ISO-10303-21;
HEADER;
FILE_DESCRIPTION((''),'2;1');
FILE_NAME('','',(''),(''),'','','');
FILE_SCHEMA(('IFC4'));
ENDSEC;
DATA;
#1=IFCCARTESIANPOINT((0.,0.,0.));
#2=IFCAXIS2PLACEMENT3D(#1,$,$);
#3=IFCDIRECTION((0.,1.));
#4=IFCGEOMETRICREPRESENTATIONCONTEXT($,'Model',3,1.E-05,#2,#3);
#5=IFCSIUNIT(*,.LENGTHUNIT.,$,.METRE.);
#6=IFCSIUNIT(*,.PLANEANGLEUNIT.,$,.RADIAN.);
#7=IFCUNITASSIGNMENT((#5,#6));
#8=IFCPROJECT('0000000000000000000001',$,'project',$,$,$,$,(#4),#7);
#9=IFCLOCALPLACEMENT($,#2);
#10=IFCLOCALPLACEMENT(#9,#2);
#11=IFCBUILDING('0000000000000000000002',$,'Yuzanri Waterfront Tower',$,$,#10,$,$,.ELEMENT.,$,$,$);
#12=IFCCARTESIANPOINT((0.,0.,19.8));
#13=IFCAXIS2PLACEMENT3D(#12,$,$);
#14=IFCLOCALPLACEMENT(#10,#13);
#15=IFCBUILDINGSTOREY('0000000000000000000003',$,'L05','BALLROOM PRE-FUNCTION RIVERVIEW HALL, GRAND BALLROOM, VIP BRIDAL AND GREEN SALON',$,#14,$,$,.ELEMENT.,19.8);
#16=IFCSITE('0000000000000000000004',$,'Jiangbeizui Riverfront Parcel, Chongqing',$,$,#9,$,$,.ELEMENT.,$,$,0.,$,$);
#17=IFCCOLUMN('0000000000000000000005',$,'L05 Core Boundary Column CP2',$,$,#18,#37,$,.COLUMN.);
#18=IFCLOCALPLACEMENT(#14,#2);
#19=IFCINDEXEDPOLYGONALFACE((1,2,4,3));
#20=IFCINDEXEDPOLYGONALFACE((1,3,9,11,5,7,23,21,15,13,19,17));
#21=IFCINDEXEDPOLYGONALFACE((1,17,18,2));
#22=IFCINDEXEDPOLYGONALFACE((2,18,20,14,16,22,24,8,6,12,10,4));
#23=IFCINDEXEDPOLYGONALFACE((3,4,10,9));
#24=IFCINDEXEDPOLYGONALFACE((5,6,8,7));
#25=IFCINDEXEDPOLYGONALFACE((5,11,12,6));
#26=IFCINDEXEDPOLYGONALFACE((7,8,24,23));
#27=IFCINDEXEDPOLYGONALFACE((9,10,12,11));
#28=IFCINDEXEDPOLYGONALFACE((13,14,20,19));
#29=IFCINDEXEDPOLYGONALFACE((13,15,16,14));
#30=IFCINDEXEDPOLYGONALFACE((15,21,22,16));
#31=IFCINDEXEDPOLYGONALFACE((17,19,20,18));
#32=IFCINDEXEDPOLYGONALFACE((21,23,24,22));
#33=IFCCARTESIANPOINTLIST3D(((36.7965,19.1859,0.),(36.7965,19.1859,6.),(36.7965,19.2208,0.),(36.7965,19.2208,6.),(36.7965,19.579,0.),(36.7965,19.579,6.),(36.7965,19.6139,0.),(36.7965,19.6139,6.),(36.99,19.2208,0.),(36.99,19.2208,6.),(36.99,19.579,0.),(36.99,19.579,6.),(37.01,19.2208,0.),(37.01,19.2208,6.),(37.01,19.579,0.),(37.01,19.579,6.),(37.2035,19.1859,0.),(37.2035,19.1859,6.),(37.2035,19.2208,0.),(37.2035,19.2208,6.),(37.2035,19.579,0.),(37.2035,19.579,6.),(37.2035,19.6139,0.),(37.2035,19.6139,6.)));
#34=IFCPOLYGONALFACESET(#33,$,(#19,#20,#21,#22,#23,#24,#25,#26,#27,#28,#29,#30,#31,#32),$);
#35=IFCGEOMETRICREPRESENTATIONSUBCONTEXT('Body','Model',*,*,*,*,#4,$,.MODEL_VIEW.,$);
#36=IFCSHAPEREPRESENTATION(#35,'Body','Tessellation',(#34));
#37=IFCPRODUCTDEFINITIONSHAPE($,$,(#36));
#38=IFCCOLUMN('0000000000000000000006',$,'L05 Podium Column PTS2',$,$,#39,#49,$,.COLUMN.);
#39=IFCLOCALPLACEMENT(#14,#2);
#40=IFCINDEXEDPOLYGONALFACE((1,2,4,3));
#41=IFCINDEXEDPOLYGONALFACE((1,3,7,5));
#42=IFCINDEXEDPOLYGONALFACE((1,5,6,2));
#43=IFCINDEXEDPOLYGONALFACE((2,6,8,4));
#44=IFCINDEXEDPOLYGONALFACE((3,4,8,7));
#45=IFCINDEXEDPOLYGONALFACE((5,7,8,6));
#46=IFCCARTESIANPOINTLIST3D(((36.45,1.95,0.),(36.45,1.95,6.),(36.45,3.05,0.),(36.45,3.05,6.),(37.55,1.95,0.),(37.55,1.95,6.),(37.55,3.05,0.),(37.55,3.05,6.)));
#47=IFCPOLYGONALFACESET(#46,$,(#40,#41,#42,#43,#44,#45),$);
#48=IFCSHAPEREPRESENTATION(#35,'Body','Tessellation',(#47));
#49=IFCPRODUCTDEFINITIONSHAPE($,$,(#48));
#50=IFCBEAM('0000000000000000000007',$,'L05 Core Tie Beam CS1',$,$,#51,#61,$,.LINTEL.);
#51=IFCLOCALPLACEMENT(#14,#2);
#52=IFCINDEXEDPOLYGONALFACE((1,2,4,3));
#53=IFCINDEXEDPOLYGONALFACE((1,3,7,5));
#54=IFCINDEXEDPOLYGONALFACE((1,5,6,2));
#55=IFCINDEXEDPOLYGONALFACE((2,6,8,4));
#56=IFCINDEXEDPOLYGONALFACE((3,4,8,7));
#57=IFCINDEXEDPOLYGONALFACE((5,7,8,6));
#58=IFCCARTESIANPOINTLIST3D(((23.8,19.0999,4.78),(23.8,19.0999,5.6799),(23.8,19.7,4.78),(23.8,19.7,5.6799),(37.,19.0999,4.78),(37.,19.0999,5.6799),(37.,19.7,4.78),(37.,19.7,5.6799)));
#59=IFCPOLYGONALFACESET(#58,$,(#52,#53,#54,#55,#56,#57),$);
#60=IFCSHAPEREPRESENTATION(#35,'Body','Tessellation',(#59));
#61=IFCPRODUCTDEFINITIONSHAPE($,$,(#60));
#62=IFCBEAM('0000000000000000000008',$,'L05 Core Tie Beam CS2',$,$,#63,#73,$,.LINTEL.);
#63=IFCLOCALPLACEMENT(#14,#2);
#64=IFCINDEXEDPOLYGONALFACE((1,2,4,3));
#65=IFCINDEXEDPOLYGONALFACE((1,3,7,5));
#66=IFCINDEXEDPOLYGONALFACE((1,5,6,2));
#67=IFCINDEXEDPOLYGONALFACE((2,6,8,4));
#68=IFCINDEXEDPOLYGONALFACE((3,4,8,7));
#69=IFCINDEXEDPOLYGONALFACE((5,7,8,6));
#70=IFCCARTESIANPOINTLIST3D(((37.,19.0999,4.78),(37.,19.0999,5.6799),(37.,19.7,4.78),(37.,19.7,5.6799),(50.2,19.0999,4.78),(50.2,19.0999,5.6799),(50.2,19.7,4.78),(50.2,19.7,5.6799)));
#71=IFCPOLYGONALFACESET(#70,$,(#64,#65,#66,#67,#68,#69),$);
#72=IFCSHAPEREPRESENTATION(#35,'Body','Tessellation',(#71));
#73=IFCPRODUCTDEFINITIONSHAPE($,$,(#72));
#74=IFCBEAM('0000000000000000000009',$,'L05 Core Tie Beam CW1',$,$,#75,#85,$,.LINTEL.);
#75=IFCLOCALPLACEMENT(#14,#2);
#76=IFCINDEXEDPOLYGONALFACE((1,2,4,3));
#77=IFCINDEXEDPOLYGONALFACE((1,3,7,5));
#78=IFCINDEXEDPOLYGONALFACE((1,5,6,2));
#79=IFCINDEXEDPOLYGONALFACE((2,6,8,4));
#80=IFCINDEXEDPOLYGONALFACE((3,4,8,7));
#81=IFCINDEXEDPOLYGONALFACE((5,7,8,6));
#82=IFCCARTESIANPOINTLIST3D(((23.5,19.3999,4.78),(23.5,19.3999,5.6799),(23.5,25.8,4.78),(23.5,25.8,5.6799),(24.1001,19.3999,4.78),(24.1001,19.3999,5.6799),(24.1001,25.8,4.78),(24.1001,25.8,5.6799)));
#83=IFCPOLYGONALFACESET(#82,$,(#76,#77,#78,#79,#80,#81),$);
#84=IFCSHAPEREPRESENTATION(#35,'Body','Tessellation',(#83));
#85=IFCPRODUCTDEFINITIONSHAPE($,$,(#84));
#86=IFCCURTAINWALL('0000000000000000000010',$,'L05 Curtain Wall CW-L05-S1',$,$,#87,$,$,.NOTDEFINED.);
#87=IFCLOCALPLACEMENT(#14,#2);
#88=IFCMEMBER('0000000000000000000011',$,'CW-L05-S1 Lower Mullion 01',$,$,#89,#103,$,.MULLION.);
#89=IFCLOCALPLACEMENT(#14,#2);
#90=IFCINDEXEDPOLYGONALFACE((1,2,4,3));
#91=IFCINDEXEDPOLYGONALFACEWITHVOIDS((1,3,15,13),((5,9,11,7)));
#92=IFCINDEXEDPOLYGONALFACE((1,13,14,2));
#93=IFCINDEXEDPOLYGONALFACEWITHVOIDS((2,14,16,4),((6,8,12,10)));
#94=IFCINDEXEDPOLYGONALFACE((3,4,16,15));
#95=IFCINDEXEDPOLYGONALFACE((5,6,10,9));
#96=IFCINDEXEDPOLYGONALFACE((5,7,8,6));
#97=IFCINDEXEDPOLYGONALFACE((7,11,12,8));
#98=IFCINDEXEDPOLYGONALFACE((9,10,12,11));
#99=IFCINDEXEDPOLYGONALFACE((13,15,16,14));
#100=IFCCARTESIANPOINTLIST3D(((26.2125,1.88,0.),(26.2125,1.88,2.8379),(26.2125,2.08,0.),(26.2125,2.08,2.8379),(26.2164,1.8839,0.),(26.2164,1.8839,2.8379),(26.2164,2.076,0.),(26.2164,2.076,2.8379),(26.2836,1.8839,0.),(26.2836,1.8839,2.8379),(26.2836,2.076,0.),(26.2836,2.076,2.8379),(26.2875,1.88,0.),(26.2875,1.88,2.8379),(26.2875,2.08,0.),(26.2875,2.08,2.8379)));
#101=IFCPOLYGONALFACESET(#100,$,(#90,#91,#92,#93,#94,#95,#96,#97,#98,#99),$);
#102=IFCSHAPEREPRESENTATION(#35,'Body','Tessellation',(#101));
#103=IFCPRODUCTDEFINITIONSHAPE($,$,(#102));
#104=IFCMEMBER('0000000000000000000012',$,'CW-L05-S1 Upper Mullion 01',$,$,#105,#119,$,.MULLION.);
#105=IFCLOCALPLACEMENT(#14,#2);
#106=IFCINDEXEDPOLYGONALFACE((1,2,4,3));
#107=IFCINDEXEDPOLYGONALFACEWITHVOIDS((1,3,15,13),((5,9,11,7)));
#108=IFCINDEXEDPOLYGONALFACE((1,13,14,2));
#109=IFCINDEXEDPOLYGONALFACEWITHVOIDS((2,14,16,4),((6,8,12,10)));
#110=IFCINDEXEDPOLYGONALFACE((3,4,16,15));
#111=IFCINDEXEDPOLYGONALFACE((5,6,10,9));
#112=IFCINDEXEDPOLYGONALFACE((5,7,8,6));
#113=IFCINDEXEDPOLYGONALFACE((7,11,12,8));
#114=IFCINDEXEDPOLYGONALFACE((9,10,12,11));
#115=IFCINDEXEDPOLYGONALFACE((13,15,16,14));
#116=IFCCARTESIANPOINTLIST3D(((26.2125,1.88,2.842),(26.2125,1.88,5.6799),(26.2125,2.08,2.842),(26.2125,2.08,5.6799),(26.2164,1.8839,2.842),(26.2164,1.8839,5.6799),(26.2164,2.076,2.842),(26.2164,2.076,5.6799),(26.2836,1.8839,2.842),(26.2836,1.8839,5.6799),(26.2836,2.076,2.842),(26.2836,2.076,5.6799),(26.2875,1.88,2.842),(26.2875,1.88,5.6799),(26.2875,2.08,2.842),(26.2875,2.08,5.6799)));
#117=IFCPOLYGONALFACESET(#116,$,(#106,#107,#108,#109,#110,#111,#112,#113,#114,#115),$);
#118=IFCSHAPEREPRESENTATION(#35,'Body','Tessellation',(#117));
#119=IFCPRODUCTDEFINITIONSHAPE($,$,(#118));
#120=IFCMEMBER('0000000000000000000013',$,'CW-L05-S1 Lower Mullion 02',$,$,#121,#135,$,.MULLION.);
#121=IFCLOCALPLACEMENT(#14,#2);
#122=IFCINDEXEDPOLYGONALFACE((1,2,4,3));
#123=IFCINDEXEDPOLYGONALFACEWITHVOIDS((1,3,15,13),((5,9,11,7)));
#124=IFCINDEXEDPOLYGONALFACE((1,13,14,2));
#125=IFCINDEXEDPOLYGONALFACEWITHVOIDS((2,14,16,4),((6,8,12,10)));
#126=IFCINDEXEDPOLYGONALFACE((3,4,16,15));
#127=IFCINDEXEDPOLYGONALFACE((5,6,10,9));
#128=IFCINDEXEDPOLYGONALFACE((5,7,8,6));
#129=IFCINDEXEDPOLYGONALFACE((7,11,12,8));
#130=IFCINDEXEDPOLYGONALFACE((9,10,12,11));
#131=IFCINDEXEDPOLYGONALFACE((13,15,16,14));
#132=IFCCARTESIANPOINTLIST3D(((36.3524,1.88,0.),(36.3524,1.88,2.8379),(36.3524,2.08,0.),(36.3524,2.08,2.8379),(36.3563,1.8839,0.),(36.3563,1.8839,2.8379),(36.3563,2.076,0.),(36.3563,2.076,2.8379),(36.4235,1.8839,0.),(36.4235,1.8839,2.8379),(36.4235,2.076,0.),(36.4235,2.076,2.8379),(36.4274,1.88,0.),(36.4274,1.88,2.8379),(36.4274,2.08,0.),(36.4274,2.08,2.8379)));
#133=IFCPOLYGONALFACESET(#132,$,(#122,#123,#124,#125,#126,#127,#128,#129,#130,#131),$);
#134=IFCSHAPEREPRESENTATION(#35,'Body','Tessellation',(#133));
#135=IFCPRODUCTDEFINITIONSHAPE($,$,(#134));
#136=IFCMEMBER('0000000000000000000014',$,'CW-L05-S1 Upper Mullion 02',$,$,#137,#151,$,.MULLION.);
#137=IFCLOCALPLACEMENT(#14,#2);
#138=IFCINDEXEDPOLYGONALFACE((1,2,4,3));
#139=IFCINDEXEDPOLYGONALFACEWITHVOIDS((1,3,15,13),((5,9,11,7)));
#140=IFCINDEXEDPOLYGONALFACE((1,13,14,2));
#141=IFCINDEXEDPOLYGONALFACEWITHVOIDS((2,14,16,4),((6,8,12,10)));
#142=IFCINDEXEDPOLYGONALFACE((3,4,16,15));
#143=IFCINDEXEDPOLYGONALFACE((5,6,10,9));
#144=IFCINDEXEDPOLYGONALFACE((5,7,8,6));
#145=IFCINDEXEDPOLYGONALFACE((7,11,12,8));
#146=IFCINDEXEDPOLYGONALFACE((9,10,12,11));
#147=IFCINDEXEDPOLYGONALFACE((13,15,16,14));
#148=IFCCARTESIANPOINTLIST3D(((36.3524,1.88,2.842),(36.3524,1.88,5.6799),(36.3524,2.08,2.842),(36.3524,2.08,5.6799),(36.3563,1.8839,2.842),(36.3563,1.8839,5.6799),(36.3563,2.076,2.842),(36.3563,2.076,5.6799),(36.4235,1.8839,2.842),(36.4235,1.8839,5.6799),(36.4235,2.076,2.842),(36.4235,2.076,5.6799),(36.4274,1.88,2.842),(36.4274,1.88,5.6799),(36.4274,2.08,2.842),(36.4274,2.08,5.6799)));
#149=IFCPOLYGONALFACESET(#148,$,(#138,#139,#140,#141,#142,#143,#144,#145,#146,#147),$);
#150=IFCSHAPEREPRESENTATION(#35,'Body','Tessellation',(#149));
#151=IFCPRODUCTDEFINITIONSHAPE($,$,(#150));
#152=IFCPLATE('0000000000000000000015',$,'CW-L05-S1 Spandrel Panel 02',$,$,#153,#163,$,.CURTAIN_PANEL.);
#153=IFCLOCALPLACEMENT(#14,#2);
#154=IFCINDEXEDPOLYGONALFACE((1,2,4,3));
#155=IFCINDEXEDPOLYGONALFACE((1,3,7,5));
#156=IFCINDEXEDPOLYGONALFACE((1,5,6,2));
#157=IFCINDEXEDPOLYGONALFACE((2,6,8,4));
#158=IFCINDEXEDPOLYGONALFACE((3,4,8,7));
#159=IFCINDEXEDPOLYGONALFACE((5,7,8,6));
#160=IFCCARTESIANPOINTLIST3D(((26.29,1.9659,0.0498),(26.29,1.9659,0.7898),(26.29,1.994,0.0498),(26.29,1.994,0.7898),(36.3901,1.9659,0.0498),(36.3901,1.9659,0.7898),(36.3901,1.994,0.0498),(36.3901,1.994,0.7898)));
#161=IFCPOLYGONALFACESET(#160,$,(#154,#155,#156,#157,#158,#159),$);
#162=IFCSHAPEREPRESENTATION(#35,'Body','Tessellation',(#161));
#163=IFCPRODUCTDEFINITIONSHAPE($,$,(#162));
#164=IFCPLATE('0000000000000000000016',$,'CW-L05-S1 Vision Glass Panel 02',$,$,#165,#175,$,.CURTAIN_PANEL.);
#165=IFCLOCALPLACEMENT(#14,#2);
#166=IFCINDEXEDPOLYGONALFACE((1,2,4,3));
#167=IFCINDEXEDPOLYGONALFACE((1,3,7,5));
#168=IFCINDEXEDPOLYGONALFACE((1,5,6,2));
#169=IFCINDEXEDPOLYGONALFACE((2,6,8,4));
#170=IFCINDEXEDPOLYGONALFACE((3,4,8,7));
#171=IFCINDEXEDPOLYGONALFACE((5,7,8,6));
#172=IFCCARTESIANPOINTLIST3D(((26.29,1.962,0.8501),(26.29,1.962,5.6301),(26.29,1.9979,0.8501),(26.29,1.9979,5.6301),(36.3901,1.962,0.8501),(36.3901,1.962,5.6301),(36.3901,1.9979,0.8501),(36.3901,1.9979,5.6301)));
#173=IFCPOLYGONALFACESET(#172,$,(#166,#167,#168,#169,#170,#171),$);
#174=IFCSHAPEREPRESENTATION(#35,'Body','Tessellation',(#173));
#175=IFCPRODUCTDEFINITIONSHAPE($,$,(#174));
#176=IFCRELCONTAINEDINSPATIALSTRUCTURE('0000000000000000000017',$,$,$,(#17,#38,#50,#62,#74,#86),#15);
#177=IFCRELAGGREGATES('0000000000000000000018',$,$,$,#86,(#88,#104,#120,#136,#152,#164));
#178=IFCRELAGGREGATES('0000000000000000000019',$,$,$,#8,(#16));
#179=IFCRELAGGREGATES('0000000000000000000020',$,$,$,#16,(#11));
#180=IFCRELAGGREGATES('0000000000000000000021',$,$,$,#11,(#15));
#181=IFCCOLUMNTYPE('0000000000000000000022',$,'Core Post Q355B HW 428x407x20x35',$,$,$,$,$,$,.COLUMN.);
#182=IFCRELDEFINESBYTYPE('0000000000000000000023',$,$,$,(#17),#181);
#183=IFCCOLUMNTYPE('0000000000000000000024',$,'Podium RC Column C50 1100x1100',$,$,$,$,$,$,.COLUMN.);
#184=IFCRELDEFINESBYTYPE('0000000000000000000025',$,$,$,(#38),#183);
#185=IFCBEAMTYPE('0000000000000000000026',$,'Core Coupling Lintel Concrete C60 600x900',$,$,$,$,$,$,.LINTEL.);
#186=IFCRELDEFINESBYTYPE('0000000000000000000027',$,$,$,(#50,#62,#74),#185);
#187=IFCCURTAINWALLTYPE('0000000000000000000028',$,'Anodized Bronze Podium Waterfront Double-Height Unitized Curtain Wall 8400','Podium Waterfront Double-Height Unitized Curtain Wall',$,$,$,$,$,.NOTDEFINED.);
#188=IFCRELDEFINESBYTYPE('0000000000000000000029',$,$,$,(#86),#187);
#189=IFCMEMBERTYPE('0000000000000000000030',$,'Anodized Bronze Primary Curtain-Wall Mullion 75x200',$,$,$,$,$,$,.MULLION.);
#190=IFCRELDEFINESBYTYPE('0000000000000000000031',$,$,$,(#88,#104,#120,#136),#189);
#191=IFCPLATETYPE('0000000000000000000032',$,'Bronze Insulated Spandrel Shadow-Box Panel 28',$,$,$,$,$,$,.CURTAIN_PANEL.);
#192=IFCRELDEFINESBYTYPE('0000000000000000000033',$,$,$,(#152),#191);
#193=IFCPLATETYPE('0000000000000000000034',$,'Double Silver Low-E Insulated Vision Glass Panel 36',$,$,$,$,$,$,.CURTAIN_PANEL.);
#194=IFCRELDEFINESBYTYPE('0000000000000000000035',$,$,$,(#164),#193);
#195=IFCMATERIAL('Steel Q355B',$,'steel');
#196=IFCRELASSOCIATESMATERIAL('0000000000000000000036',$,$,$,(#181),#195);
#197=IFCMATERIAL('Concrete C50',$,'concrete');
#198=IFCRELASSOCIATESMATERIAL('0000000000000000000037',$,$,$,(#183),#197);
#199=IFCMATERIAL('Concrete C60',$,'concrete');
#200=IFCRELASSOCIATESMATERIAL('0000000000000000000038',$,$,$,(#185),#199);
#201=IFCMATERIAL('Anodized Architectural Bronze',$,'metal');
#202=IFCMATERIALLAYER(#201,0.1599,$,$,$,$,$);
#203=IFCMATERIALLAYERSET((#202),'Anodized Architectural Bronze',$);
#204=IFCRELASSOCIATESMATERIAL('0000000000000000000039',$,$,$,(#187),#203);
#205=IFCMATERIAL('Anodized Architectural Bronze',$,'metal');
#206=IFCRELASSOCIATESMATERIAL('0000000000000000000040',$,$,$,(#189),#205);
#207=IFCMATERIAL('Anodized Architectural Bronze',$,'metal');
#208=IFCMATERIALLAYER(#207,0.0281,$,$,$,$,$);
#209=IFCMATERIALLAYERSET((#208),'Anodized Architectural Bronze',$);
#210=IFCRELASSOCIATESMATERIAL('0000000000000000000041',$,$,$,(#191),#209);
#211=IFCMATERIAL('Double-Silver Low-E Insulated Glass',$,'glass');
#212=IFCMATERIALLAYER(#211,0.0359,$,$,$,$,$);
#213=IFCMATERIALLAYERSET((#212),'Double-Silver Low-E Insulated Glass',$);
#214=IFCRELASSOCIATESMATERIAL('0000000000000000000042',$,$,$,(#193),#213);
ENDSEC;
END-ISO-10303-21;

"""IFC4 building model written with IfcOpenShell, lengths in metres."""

from ifc_helpers import new_model, si_unit, direction, frame, origin, origin_2d, place, context, subcontext, project, spatial, rectangle, hollow_rectangle, i_section, extrude, source, transform, mapped, material, layer, layer_set, material_profile, profile_set, type_object, element, aggregate, save


model = new_model("IFC4")

# Units and contexts
model_context = context("Model", 3, precision=1e-05, world=origin(), true_north=direction((0.0, 1.0)))
body_context = subcontext(model_context, "Body", "Model", "MODEL_VIEW")
ifc_project = project(units=[si_unit("LENGTHUNIT", "METRE"), si_unit("PLANEANGLEUNIT", "RADIAN")], contexts=[model_context])

# Site, building, storey
site_placement = place(None, origin())
site = spatial("IfcSite", under=ifc_project, at=site_placement, Name="Jiangbeizui Riverfront Parcel, Chongqing", CompositionType="ELEMENT", RefElevation=0.0)
building_placement = place(site_placement, origin())
building = spatial("IfcBuilding", under=site, at=building_placement, Name="Yuzanri Waterfront Tower", CompositionType="ELEMENT")
storey_placement = place(building_placement, frame((0.0, 0.0, 19.8)))
storey = spatial("IfcBuildingStorey", under=building, at=storey_placement, Name="L05", Description="BALLROOM PRE-FUNCTION RIVERVIEW HALL, GRAND BALLROOM, VIP BRIDAL AND GREEN SALON", CompositionType="ELEMENT", Elevation=19.8)

# Columns
ifc_material_1 = material(Name="Steel Q355B", Category="steel")
ifc_material_profile_1 = material_profile(ifc_material_1, i_section(OverallWidth=0.407, OverallDepth=0.428, WebThickness=0.02, FlangeThickness=0.0349, at=origin_2d()), Name="HW 428x407x20x35")
ifc_profile_set_1 = profile_set([ifc_material_profile_1], Name="Steel Q355B")
column_type_1 = type_object("IfcColumnType", Name="Core Post Q355B HW 428x407x20x35", PredefinedType="COLUMN", material=ifc_profile_set_1)
shared_shape_1 = source(origin(), body_context, "Body", "SweptSolid", [
    extrude(i_section(OverallWidth=0.407, OverallDepth=0.428, WebThickness=0.02, FlangeThickness=0.0349, at=origin_2d()), origin(), (0.0, 0.0, 1.0), 6.0),
])
column_1_placement = place(storey_placement, frame((37.0, 19.3999, 0.0), z_axis=(0.0, 0.0, 1.0), x_axis=(1.0, 0.0, 0.0)))
element("IfcColumn", 1, at=column_1_placement, inside=storey, type_object=column_type_1, Name="L05 Core Boundary Column CP2", PredefinedType="COLUMN", context=body_context, shape_type="MappedRepresentation", body=[
    mapped(shared_shape_1, transform((0.0, 0.0, 0.0), scale=1.0)),
])
ifc_material_2 = material(Name="Concrete C50", Category="concrete")
ifc_material_profile_2 = material_profile(ifc_material_2, rectangle(XDim=1.1001, YDim=1.1001, at=origin_2d()), Name="RC 1100x1100")
ifc_profile_set_2 = profile_set([ifc_material_profile_2], Name="Concrete C50")
column_type_2 = type_object("IfcColumnType", Name="Podium RC Column C50 1100x1100", PredefinedType="COLUMN", material=ifc_profile_set_2)
shared_shape_2 = source(origin(), body_context, "Body", "SweptSolid", [
    extrude(rectangle(XDim=1.1001, YDim=1.1001, at=origin_2d()), origin(), (0.0, 0.0, 1.0), 6.0),
])
column_2_placement = place(storey_placement, frame((37.0, 2.5, 0.0), z_axis=(0.0, 0.0, 1.0), x_axis=(1.0, 0.0, 0.0)))
element("IfcColumn", 2, at=column_2_placement, inside=storey, type_object=column_type_2, Name="L05 Podium Column PTS2", PredefinedType="COLUMN", context=body_context, shape_type="MappedRepresentation", body=[
    mapped(shared_shape_2, transform((0.0, 0.0, 0.0), scale=1.0)),
])

# Beams
ifc_material_3 = material(Name="Concrete C60", Category="concrete")
ifc_material_profile_3 = material_profile(ifc_material_3, rectangle(XDim=0.6001, YDim=0.8999, at=origin_2d()), Name="RC 600x900")
ifc_profile_set_3 = profile_set([ifc_material_profile_3], Name="Concrete C60")
beam_type = type_object("IfcBeamType", Name="Core Coupling Lintel Concrete C60 600x900", PredefinedType="LINTEL", material=ifc_profile_set_3)
shared_shape_3 = source(origin(), body_context, "Body", "SweptSolid", [
    extrude(rectangle(XDim=0.6001, YDim=0.8999, at=origin_2d()), origin(), (0.0, 0.0, 1.0), 13.2),
])
for number, where, z_axis, x_axis, name in (
    (3, (23.8, 19.3999, 5.23), (1.0, 0.0, 0.0), (0.0, 1.0, 0.0), "L05 Core Tie Beam CS1"),
    (4, (37.0, 19.3999, 5.23), (1.0, 0.0, 0.0), (0.0, 1.0, 0.0), "L05 Core Tie Beam CS2"),
):
    element("IfcBeam", number, at=place(storey_placement, frame(where, z_axis=z_axis, x_axis=x_axis)), inside=storey, type_object=beam_type, Name=name, PredefinedType="LINTEL", context=body_context, shape_type="MappedRepresentation", body=[
        mapped(shared_shape_3, transform((0.0, 0.0, 0.0), scale=1.0)),
    ])
shared_shape_4 = source(origin(), body_context, "Body", "SweptSolid", [
    extrude(rectangle(XDim=0.6001, YDim=0.8999, at=origin_2d()), origin(), (0.0, 0.0, 1.0), 6.4001),
])
beam_placement = place(storey_placement, frame((23.8, 19.3999, 5.23), z_axis=(0.0, 1.0, 0.0), x_axis=(-1.0, 0.0, 0.0)))
element("IfcBeam", 5, at=beam_placement, inside=storey, type_object=beam_type, Name="L05 Core Tie Beam CW1", PredefinedType="LINTEL", context=body_context, shape_type="MappedRepresentation", body=[
    mapped(shared_shape_4, transform((0.0, 0.0, 0.0), scale=1.0)),
])

# Curtain wall, members, plates
ifc_material_4 = material(Name="Anodized Architectural Bronze", Category="metal")
ifc_layer_1 = layer(ifc_material_4, 0.1599)
ifc_layer_set_1 = layer_set([ifc_layer_1], Name="Anodized Architectural Bronze")
curtain_wall_type = type_object("IfcCurtainWallType", Name="Anodized Bronze Podium Waterfront Double-Height Unitized Curtain Wall 8400", Description="Podium Waterfront Double-Height Unitized Curtain Wall", PredefinedType="NOTDEFINED", material=ifc_layer_set_1)
curtain_wall_placement = place(storey_placement, origin())
curtain_wall = element("IfcCurtainWall", 6, at=curtain_wall_placement, inside=storey, type_object=curtain_wall_type, Name="L05 Curtain Wall CW-L05-S1", PredefinedType="NOTDEFINED")
ifc_material_5 = material(Name="Anodized Architectural Bronze", Category="metal")
ifc_material_profile_4 = material_profile(ifc_material_5, hollow_rectangle(XDim=0.075, YDim=0.2, WallThickness=0.0039, at=origin_2d()), Name="CWM 75x200")
ifc_profile_set_4 = profile_set([ifc_material_profile_4], Name="Anodized Architectural Bronze")
member_type = type_object("IfcMemberType", Name="Anodized Bronze Primary Curtain-Wall Mullion 75x200", PredefinedType="MULLION", material=ifc_profile_set_4)
shared_shape_5 = source(origin(), body_context, "Body", "SweptSolid", [
    extrude(hollow_rectangle(XDim=0.075, YDim=0.2, WallThickness=0.0039, at=origin_2d()), origin(), (0.0, 0.0, 1.0), 2.8379),
])
member_1_placement = place(storey_placement, frame((26.25, 1.98, 0.0), z_axis=(0.0, 0.0, 1.0), x_axis=(1.0, 0.0, 0.0)))
member_1 = element("IfcMember", 7, at=member_1_placement, type_object=member_type, Name="CW-L05-S1 Lower Mullion 01", PredefinedType="MULLION", context=body_context, shape_type="MappedRepresentation", body=[
    mapped(shared_shape_5, transform((0.0, 0.0, 0.0), scale=1.0)),
])
member_2_placement = place(storey_placement, frame((26.25, 1.98, 2.842), z_axis=(0.0, 0.0, 1.0), x_axis=(1.0, 0.0, 0.0)))
member_2 = element("IfcMember", 8, at=member_2_placement, type_object=member_type, Name="CW-L05-S1 Upper Mullion 01", PredefinedType="MULLION", context=body_context, shape_type="MappedRepresentation", body=[
    mapped(shared_shape_5, transform((0.0, 0.0, 0.0), scale=1.0)),
])
member_3_placement = place(storey_placement, frame((36.3899, 1.98, 0.0), z_axis=(0.0, 0.0, 1.0), x_axis=(1.0, 0.0, 0.0)))
member_3 = element("IfcMember", 9, at=member_3_placement, type_object=member_type, Name="CW-L05-S1 Lower Mullion 02", PredefinedType="MULLION", context=body_context, shape_type="MappedRepresentation", body=[
    mapped(shared_shape_5, transform((0.0, 0.0, 0.0), scale=1.0)),
])
member_4_placement = place(storey_placement, frame((36.3899, 1.98, 2.842), z_axis=(0.0, 0.0, 1.0), x_axis=(1.0, 0.0, 0.0)))
member_4 = element("IfcMember", 10, at=member_4_placement, type_object=member_type, Name="CW-L05-S1 Upper Mullion 02", PredefinedType="MULLION", context=body_context, shape_type="MappedRepresentation", body=[
    mapped(shared_shape_5, transform((0.0, 0.0, 0.0), scale=1.0)),
])
ifc_material_6 = material(Name="Anodized Architectural Bronze", Category="metal")
ifc_layer_2 = layer(ifc_material_6, 0.0281)
ifc_layer_set_2 = layer_set([ifc_layer_2], Name="Anodized Architectural Bronze")
plate_type_1 = type_object("IfcPlateType", Name="Bronze Insulated Spandrel Shadow-Box Panel 28", PredefinedType="CURTAIN_PANEL", material=ifc_layer_set_2)
shared_shape_6 = source(origin(), body_context, "Body", "SweptSolid", [
    extrude(rectangle(XDim=10.1001, YDim=0.0281, at=origin_2d()), origin(), (0.0, 0.0, 1.0), 0.74),
])
plate_1_placement = place(storey_placement, frame((31.3401, 1.98, 0.0498), z_axis=(0.0, 0.0, 1.0), x_axis=(1.0, 0.0, 0.0)))
plate_1 = element("IfcPlate", 11, at=plate_1_placement, type_object=plate_type_1, Name="CW-L05-S1 Spandrel Panel 02", PredefinedType="CURTAIN_PANEL", context=body_context, shape_type="MappedRepresentation", body=[
    mapped(shared_shape_6, transform((0.0, 0.0, 0.0), scale=1.0)),
])
ifc_material_7 = material(Name="Double-Silver Low-E Insulated Glass", Category="glass")
ifc_layer_3 = layer(ifc_material_7, 0.0359)
ifc_layer_set_3 = layer_set([ifc_layer_3], Name="Double-Silver Low-E Insulated Glass")
plate_type_2 = type_object("IfcPlateType", Name="Double Silver Low-E Insulated Vision Glass Panel 36", PredefinedType="CURTAIN_PANEL", material=ifc_layer_set_3)
shared_shape_7 = source(origin(), body_context, "Body", "SweptSolid", [
    extrude(rectangle(XDim=10.1001, YDim=0.0359, at=origin_2d()), origin(), (0.0, 0.0, 1.0), 4.78),
])
plate_2_placement = place(storey_placement, frame((31.3401, 1.98, 0.8501), z_axis=(0.0, 0.0, 1.0), x_axis=(1.0, 0.0, 0.0)))
plate_2 = element("IfcPlate", 12, at=plate_2_placement, type_object=plate_type_2, Name="CW-L05-S1 Vision Glass Panel 02", PredefinedType="CURTAIN_PANEL", context=body_context, shape_type="MappedRepresentation", body=[
    mapped(shared_shape_7, transform((0.0, 0.0, 0.0), scale=1.0)),
])
aggregate(curtain_wall, [member_1, member_2, member_3, member_4, plate_1, plate_2])

save(model, "model.ifc")
